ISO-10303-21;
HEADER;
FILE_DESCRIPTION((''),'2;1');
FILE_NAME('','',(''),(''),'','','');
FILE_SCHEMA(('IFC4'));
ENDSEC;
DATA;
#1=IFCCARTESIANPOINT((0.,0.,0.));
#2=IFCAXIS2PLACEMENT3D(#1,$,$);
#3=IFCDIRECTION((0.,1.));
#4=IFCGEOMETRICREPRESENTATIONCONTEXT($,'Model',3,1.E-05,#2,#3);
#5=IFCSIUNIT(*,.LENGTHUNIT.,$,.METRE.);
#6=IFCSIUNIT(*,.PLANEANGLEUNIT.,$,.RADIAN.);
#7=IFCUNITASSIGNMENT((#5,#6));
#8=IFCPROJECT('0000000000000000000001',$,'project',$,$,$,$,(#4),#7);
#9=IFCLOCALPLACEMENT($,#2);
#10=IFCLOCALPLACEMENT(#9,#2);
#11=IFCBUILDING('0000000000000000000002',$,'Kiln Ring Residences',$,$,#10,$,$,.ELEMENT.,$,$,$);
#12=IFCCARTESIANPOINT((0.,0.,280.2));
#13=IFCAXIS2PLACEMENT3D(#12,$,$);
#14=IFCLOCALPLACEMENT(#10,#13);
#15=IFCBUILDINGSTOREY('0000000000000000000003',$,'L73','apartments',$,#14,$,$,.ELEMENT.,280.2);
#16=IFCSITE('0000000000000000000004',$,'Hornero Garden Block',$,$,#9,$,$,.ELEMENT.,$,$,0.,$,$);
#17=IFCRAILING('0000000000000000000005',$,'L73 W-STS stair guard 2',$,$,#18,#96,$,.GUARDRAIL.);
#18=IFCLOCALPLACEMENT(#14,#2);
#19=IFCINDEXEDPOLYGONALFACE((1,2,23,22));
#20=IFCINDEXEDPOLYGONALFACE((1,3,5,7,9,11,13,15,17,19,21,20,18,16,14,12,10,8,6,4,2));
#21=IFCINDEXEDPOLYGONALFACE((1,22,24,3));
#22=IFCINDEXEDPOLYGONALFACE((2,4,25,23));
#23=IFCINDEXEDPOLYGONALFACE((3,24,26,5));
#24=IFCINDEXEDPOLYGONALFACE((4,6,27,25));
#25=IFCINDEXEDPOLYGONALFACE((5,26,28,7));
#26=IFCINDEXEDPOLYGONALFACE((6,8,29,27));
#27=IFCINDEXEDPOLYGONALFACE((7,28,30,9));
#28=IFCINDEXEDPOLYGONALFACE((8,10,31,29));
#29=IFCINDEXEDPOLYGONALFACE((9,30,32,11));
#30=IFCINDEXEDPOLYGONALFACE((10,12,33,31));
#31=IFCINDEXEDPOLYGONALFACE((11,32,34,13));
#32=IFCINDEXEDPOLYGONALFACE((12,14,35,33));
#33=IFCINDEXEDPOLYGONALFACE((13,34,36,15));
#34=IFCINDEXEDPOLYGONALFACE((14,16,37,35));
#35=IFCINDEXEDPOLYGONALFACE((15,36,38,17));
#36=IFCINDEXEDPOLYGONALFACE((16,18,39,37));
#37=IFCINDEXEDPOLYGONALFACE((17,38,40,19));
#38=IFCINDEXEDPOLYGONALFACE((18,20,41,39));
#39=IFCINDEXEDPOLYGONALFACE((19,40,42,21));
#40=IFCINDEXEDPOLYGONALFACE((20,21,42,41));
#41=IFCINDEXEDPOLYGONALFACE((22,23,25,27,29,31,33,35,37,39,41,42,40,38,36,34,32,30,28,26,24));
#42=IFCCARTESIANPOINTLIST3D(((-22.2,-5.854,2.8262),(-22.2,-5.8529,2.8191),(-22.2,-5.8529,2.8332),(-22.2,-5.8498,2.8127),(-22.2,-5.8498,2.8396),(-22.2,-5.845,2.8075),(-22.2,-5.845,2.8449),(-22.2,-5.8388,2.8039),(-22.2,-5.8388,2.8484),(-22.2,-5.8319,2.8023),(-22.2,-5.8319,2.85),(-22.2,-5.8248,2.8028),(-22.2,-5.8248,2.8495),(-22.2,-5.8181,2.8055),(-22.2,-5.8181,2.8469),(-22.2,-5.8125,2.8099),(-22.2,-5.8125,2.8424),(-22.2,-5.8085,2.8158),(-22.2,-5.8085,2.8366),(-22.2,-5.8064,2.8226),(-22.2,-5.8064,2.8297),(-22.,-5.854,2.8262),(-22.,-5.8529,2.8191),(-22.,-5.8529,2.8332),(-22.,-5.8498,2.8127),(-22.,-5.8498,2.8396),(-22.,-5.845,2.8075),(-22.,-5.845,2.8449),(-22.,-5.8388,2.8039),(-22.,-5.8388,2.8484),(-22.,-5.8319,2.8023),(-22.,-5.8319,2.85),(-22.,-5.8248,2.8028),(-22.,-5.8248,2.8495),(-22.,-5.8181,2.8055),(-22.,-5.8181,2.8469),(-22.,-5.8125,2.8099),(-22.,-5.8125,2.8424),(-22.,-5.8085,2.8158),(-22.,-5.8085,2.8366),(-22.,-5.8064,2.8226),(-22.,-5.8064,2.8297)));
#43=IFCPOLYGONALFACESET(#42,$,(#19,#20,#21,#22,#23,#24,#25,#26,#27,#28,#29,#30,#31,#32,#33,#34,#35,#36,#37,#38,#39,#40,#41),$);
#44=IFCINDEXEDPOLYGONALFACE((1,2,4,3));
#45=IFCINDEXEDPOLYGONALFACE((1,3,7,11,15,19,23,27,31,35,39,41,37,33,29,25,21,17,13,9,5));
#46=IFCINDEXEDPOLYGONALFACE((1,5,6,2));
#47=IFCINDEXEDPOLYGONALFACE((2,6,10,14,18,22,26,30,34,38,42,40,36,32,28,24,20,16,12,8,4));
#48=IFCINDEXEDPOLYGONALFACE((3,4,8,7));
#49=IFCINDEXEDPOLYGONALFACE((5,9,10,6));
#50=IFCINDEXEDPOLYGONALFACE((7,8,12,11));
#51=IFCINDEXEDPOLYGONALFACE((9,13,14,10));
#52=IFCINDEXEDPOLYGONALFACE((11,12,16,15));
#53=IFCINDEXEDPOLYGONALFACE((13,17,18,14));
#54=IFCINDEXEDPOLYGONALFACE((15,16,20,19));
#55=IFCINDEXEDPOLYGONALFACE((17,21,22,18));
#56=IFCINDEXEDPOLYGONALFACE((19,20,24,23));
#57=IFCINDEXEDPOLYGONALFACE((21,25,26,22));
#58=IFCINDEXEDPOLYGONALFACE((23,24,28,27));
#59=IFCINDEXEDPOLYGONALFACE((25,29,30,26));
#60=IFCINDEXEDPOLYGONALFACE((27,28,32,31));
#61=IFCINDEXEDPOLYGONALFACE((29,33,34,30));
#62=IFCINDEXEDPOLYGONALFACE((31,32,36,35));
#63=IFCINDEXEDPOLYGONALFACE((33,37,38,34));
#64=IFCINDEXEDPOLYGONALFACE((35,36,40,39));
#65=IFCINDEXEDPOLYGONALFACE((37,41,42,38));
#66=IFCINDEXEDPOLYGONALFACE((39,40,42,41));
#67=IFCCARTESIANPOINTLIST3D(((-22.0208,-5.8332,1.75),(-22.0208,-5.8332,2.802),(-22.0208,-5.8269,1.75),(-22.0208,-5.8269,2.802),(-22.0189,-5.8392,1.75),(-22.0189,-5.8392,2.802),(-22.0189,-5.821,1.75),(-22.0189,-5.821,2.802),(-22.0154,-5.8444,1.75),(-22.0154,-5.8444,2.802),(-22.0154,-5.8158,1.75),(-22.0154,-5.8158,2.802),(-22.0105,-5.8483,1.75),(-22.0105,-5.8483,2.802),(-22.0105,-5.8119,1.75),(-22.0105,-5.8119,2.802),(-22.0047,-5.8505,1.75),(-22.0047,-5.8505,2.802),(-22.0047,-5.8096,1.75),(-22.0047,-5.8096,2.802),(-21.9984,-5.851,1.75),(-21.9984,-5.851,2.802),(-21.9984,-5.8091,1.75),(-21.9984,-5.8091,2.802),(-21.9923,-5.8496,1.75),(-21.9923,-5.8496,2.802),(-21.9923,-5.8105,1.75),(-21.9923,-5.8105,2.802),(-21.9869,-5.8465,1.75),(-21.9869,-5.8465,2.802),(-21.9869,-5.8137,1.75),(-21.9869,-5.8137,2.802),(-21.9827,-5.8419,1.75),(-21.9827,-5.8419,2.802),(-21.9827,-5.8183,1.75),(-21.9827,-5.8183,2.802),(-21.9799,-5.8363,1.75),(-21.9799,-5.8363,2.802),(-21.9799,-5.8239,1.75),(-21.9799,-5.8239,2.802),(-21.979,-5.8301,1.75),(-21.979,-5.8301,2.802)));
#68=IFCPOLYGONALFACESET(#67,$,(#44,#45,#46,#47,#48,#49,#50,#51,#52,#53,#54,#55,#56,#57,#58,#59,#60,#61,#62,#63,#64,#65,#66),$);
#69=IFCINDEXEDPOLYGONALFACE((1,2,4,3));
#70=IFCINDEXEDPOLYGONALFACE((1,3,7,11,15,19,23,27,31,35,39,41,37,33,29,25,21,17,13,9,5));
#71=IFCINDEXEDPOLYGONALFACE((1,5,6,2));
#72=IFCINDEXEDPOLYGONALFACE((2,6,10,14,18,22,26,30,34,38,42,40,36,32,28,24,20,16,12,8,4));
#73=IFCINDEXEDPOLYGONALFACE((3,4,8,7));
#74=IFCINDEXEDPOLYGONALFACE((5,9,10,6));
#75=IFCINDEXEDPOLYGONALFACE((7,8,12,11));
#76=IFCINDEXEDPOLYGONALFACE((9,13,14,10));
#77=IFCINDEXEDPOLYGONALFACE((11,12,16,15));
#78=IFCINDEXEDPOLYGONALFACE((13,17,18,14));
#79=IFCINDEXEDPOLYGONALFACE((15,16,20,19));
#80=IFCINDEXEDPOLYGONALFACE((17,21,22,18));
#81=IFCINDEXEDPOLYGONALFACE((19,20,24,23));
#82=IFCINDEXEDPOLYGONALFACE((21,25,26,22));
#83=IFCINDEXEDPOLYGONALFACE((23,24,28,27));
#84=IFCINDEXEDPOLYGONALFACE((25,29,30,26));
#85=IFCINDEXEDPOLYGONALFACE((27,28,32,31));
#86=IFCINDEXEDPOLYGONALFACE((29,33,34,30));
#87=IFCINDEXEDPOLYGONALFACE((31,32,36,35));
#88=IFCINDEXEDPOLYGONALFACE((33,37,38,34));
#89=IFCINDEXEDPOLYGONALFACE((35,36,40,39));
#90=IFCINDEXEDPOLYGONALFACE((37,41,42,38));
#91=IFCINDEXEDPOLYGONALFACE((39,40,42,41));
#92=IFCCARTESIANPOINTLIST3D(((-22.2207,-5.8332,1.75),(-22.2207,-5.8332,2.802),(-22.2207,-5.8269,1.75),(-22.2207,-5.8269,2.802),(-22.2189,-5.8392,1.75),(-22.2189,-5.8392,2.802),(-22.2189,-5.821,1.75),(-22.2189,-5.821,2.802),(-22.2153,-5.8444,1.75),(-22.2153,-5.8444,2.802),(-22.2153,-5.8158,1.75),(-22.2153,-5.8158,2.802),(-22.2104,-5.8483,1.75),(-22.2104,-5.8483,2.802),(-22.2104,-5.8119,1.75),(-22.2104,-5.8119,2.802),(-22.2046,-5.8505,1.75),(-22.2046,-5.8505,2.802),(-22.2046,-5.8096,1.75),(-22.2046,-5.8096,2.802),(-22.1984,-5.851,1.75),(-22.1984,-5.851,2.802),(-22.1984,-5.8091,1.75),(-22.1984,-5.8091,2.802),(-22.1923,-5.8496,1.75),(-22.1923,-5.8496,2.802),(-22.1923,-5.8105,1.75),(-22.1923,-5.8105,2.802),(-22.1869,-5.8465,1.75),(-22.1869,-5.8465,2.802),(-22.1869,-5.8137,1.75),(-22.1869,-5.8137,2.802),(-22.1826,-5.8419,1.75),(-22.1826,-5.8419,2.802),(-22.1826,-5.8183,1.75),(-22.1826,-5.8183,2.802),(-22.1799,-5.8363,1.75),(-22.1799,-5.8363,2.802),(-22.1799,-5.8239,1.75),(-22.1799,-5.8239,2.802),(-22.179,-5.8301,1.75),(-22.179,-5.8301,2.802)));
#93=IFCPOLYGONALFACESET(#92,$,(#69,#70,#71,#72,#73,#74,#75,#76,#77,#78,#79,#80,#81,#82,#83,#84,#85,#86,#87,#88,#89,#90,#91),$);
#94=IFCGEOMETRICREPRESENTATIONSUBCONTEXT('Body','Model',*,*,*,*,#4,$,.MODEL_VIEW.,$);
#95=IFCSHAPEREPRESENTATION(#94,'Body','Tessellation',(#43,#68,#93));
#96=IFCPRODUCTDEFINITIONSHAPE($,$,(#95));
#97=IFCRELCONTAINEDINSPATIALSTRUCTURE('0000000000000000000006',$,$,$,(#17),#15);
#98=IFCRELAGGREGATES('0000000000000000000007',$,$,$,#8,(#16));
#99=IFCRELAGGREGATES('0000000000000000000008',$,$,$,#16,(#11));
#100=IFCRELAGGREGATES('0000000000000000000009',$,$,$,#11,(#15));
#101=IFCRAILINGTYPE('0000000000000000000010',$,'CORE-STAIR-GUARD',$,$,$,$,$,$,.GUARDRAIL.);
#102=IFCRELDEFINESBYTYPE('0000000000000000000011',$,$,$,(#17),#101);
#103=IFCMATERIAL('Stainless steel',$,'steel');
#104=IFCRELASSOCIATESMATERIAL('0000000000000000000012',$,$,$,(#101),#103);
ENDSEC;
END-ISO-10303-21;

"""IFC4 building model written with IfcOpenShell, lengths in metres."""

from ifc_helpers import new_model, si_unit, direction, frame, origin, origin_2d, place, context, subcontext, project, spatial, circle, extrude, material, type_object, element, save


model = new_model("IFC4")

# Units and contexts
model_context = context("Model", 3, precision=1e-05, world=origin(), true_north=direction((0.0, 1.0)))
body_context = subcontext(model_context, "Body", "Model", "MODEL_VIEW")
ifc_project = project(units=[si_unit("LENGTHUNIT", "METRE"), si_unit("PLANEANGLEUNIT", "RADIAN")], contexts=[model_context])

# Site, building, storey
site_placement = place(None, origin())
site = spatial("IfcSite", under=ifc_project, at=site_placement, Name="Hornero Garden Block", CompositionType="ELEMENT", RefElevation=0.0)
building_placement = place(site_placement, origin())
building = spatial("IfcBuilding", under=site, at=building_placement, Name="Kiln Ring Residences", CompositionType="ELEMENT")
storey_placement = place(building_placement, frame((0.0, 0.0, 280.2)))
storey = spatial("IfcBuildingStorey", under=building, at=storey_placement, Name="L73", Description="apartments", CompositionType="ELEMENT", Elevation=280.2)

# Railing
ifc_material_1 = material(Name="Stainless steel", Category="steel")
railing_type_1 = type_object("IfcRailingType", Name="CORE-STAIR-GUARD", PredefinedType="GUARDRAIL", material=ifc_material_1)
railing_1_placement = place(storey_placement, frame((-22.0, -5.8301, 1.75)))
element("IfcRailing", 1, at=railing_1_placement, inside=storey, type_object=railing_type_1, Name="L73 W-STS stair guard 2", PredefinedType="GUARDRAIL", context=body_context, shape_type="SweptSolid", body=[
    extrude(circle(Radius=0.0239, at=origin_2d()), frame((0.0, 0.0, 1.0762), z_axis=(-1.0, 0.0, 0.0), x_axis=(0.0, -1.0, 0.0)), (0.0, 0.0, 1.0), 0.2),
    extrude(circle(Radius=0.021, at=origin_2d()), origin(), (0.0, 0.0, 1.0), 1.052),
    extrude(circle(Radius=0.021, at=origin_2d()), frame((-0.2, 0.0, 0.0)), (0.0, 0.0, 1.0), 1.052),
])

save(model, "model.ifc")
